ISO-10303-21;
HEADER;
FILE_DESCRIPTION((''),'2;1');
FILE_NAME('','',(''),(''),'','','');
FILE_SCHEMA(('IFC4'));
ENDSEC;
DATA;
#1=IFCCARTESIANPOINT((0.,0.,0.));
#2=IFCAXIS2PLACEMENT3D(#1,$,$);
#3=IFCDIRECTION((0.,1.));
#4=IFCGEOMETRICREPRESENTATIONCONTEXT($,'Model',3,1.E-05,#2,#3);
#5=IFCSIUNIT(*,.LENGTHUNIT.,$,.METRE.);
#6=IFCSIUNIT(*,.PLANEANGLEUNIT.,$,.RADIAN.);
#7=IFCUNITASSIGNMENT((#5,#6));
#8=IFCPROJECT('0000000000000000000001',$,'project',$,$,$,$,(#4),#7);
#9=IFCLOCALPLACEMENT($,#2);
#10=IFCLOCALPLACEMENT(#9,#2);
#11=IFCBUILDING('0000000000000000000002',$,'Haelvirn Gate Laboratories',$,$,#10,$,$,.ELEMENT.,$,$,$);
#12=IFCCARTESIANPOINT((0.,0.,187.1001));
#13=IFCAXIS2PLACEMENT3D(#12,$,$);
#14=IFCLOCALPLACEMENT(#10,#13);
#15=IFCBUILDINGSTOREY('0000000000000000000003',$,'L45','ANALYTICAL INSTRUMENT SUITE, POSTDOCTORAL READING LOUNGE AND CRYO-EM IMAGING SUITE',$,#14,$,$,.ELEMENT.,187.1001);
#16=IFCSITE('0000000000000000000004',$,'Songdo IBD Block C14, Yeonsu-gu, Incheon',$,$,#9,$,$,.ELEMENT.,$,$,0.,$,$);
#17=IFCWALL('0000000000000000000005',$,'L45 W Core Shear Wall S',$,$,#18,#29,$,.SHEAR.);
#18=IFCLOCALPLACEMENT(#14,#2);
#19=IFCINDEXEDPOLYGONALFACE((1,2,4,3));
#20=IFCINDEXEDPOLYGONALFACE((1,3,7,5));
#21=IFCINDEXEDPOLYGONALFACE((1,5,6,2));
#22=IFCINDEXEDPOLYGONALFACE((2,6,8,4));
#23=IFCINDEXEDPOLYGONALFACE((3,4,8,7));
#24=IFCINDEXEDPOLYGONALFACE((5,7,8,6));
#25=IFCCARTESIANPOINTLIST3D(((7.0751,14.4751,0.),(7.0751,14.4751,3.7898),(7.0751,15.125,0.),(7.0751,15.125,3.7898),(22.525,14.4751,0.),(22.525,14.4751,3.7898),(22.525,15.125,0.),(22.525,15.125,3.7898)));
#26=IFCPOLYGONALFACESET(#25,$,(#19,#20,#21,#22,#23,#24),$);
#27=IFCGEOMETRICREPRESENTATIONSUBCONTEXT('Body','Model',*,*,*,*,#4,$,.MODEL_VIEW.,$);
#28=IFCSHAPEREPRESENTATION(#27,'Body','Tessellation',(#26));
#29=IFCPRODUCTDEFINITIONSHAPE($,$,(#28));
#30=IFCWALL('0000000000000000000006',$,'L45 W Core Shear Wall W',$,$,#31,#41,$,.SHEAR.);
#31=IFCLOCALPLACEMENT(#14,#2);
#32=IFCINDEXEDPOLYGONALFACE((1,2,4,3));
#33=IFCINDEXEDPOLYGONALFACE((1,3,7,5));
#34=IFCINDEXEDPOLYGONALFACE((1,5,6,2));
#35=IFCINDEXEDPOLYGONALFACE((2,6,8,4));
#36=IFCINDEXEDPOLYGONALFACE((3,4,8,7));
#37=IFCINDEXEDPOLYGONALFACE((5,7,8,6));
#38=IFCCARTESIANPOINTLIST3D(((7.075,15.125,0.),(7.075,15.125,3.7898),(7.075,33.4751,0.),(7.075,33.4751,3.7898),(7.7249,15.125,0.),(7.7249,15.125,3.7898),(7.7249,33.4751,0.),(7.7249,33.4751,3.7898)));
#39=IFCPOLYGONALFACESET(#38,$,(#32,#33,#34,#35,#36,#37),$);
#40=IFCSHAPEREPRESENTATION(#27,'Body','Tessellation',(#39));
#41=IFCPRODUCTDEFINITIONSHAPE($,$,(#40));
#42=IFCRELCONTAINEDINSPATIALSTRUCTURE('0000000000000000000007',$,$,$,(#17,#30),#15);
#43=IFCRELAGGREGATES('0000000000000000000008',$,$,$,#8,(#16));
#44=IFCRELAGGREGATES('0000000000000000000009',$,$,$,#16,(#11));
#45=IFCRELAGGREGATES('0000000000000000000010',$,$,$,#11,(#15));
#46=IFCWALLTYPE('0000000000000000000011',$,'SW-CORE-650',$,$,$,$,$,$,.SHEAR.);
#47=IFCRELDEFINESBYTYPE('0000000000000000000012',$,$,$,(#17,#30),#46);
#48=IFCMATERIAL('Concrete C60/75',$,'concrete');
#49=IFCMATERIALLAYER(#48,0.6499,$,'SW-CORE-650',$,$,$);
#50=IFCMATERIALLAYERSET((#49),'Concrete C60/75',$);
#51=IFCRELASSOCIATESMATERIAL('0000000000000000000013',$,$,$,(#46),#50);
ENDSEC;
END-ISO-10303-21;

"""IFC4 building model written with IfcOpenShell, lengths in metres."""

from ifc_helpers import new_model, si_unit, direction, frame, frame_2d, origin, place, context, subcontext, project, spatial, rectangle, extrude, material, layer, layer_set, type_object, element, save


model = new_model("IFC4")

# Units and contexts
model_context = context("Model", 3, precision=1e-05, world=origin(), true_north=direction((0.0, 1.0)))
body_context = subcontext(model_context, "Body", "Model", "MODEL_VIEW")
ifc_project = project(units=[si_unit("LENGTHUNIT", "METRE"), si_unit("PLANEANGLEUNIT", "RADIAN")], contexts=[model_context])

# Site, building, storey
site_placement = place(None, origin())
site = spatial("IfcSite", under=ifc_project, at=site_placement, Name="Songdo IBD Block C14, Yeonsu-gu, Incheon", CompositionType="ELEMENT", RefElevation=0.0)
building_placement = place(site_placement, origin())
building = spatial("IfcBuilding", under=site, at=building_placement, Name="Haelvirn Gate Laboratories", CompositionType="ELEMENT")
storey_placement = place(building_placement, frame((0.0, 0.0, 187.1001)))
storey = spatial("IfcBuildingStorey", under=building, at=storey_placement, Name="L45", Description="ANALYTICAL INSTRUMENT SUITE, POSTDOCTORAL READING LOUNGE AND CRYO-EM IMAGING SUITE", CompositionType="ELEMENT", Elevation=187.1001)

# Shared definitions
ifc_material_1 = material(Name="Concrete C60/75", Category="concrete")

# Walls
ifc_layer_1 = layer(ifc_material_1, 0.6499, Name="SW-CORE-650")
ifc_layer_set_1 = layer_set([ifc_layer_1], Name="Concrete C60/75")
wall_type_1 = type_object("IfcWallType", Name="SW-CORE-650", PredefinedType="SHEAR", material=ifc_layer_set_1)
wall_1_placement = place(storey_placement, frame((7.075, 14.8, 0.0), z_axis=(0.0, 0.0, 1.0), x_axis=(1.0, 0.0, 0.0)))
element("IfcWall", 1, at=wall_1_placement, inside=storey, type_object=wall_type_1, Name="L45 W Core Shear Wall S", PredefinedType="SHEAR", context=body_context, shape_type="SweptSolid", body=[
    extrude(rectangle(XDim=15.45, YDim=0.6499, at=frame_2d((7.7251, 0.0))), origin(), (0.0, 0.0, 1.0), 3.7898),
])
wall_2_placement = place(storey_placement, frame((7.3999, 15.125, 0.0), z_axis=(0.0, 0.0, 1.0), x_axis=(0.0, 1.0, 0.0)))
element("IfcWall", 2, at=wall_2_placement, inside=storey, type_object=wall_type_1, Name="L45 W Core Shear Wall W", PredefinedType="SHEAR", context=body_context, shape_type="SweptSolid", body=[
    extrude(rectangle(XDim=18.3501, YDim=0.6499, at=frame_2d((9.175, 0.0))), origin(), (0.0, 0.0, 1.0), 3.7898),
])

save(model, "model.ifc")
